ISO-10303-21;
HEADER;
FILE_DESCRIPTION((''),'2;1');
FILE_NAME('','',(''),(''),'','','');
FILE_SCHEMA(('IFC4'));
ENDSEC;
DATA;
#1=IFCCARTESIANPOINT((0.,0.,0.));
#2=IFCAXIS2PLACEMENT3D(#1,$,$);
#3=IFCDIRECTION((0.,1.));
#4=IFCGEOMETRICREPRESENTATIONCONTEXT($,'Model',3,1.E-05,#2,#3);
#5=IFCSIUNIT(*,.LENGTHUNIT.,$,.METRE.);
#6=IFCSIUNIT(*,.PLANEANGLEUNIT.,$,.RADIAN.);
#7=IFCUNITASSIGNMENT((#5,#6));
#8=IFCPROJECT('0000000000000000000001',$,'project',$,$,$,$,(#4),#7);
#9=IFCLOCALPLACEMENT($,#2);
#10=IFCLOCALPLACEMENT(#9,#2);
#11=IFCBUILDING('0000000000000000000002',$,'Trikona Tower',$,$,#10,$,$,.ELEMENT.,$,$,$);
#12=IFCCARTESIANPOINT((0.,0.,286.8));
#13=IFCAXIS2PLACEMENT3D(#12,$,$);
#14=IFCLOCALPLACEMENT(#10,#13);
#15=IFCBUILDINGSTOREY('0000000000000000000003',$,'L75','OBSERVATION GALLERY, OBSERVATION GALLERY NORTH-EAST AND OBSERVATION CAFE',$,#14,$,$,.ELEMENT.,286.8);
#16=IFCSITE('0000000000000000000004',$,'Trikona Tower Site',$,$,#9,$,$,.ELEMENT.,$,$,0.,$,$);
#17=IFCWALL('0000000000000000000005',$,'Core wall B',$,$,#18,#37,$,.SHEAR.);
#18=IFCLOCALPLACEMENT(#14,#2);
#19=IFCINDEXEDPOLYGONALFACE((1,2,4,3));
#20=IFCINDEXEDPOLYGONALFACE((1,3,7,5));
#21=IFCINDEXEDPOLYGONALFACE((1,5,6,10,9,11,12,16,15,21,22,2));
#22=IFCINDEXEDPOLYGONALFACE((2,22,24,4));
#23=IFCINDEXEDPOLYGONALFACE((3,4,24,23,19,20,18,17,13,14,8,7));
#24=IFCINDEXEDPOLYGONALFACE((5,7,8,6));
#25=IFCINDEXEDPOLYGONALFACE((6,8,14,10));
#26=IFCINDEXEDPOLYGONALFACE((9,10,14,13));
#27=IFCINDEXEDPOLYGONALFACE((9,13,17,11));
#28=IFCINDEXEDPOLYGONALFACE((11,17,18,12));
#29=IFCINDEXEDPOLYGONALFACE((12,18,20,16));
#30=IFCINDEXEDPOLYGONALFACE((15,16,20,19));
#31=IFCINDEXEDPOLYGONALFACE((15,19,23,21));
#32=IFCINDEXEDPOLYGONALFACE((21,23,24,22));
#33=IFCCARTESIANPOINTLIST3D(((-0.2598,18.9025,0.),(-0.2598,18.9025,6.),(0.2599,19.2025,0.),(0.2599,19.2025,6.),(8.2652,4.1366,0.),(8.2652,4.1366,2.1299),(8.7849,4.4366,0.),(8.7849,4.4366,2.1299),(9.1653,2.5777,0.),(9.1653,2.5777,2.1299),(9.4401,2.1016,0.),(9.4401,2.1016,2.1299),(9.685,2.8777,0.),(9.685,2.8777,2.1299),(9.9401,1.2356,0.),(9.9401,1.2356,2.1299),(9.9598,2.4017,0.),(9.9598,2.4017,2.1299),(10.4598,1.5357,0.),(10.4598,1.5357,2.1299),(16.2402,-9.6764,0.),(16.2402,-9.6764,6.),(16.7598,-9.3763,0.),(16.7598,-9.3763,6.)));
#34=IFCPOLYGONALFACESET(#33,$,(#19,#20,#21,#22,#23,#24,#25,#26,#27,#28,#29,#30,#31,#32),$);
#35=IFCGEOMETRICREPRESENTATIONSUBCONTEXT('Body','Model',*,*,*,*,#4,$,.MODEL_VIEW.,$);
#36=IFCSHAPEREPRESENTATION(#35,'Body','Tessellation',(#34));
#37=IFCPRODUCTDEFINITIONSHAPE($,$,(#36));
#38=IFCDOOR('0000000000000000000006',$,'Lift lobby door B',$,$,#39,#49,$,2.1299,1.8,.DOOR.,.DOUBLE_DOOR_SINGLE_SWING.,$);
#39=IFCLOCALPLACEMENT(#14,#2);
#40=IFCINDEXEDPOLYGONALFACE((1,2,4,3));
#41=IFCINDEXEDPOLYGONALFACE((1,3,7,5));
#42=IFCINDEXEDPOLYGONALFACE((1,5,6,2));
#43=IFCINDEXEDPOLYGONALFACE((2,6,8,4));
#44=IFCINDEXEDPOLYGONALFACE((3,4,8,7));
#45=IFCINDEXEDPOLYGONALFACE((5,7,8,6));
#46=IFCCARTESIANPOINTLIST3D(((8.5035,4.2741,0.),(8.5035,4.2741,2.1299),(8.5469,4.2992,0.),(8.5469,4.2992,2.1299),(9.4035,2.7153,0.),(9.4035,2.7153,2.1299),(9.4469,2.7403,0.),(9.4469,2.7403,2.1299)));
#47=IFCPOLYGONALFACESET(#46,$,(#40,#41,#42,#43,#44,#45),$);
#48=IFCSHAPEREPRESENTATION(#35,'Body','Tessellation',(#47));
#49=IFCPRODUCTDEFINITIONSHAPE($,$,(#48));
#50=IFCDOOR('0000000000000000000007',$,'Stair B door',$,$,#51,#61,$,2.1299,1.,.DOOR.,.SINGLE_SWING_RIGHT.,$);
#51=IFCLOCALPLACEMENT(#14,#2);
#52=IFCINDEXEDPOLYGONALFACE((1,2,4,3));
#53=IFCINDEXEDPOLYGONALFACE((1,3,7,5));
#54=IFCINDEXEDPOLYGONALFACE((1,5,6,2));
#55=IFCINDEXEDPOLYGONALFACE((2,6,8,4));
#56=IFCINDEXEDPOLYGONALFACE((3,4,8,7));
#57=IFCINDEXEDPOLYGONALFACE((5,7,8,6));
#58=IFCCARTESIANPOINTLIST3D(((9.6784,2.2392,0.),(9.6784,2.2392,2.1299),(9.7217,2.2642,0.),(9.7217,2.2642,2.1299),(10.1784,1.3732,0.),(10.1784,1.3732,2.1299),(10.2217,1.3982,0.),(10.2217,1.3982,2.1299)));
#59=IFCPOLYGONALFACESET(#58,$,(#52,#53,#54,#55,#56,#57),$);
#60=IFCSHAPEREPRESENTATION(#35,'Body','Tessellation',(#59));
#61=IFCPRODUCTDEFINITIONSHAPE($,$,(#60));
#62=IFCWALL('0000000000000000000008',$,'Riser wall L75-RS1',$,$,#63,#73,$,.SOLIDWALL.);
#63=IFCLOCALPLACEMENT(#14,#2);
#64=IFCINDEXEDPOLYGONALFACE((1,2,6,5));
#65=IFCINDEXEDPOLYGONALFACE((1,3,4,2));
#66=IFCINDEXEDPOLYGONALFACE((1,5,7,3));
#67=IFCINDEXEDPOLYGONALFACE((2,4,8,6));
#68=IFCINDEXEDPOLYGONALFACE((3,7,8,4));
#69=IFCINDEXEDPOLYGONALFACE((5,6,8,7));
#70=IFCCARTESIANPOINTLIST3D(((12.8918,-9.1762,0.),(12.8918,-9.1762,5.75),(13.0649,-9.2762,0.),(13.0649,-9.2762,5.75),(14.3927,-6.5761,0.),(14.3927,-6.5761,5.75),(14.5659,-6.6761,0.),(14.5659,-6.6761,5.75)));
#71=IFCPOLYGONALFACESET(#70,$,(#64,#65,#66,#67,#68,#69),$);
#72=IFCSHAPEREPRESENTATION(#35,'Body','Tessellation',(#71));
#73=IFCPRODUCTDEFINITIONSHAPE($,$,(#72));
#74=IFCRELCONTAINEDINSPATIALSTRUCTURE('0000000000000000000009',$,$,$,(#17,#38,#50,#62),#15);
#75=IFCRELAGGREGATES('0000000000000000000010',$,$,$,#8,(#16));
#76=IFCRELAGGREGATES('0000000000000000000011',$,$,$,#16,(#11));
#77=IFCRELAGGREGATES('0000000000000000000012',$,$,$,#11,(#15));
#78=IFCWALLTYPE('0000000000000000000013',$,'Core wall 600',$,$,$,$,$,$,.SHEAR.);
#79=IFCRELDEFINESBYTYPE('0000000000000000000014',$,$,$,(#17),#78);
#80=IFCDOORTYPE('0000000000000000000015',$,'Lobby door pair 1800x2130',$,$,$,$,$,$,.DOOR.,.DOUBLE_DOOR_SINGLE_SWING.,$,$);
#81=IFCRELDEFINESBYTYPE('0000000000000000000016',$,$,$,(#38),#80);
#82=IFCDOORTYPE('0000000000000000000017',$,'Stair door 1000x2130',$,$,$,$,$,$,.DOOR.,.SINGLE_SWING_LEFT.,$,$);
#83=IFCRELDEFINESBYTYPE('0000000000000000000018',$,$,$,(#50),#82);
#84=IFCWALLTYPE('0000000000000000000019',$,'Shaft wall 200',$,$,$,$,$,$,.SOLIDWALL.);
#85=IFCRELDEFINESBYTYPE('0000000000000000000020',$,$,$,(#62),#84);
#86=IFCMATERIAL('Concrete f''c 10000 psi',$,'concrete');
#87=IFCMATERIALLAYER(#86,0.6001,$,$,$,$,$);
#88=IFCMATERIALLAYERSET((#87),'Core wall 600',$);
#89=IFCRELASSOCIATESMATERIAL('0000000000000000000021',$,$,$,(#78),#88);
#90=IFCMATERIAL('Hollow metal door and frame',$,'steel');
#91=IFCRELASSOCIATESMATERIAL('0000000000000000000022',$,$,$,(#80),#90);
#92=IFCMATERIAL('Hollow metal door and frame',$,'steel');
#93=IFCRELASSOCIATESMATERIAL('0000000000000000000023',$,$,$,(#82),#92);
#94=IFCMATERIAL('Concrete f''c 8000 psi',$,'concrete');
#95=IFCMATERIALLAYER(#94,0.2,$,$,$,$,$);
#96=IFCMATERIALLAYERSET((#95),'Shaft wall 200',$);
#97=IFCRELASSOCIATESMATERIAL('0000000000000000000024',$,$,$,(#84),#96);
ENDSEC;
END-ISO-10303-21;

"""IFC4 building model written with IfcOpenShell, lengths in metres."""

from ifc_helpers import new_model, si_unit, direction, frame, frame_2d, origin, place, context, subcontext, project, spatial, rectangle, extrude, material, layer, layer_set, type_object, element, fill, save


model = new_model("IFC4")

# Units and contexts
model_context = context("Model", 3, precision=1e-05, world=origin(), true_north=direction((0.0, 1.0)))
body_context = subcontext(model_context, "Body", "Model", "MODEL_VIEW")
ifc_project = project(units=[si_unit("LENGTHUNIT", "METRE"), si_unit("PLANEANGLEUNIT", "RADIAN")], contexts=[model_context])

# Site, building, storey
site_placement = place(None, origin())
site = spatial("IfcSite", under=ifc_project, at=site_placement, Name="Trikona Tower Site", CompositionType="ELEMENT", RefElevation=0.0)
building_placement = place(site_placement, origin())
building = spatial("IfcBuilding", under=site, at=building_placement, Name="Trikona Tower", CompositionType="ELEMENT")
storey_placement = place(building_placement, frame((0.0, 0.0, 286.8)))
storey = spatial("IfcBuildingStorey", under=building, at=storey_placement, Name="L75", Description="OBSERVATION GALLERY, OBSERVATION GALLERY NORTH-EAST AND OBSERVATION CAFE", CompositionType="ELEMENT", Elevation=286.8)

# Wall, openings, doors
ifc_material_1 = material(Name="Concrete f'c 10000 psi", Category="concrete")
ifc_layer_1 = layer(ifc_material_1, 0.6001)
ifc_layer_set_1 = layer_set([ifc_layer_1], Name="Core wall 600")
wall_type_1 = type_object("IfcWallType", Name="Core wall 600", PredefinedType="SHEAR", material=ifc_layer_set_1)
wall_1_placement = place(storey_placement, frame((16.5, -9.5264, 0.0), z_axis=(0.0, 0.0, 1.0), x_axis=(-0.5, 0.866026, 0.0)))
wall_1 = element("IfcWall", 1, at=wall_1_placement, inside=storey, type_object=wall_type_1, Name="Core wall B", PredefinedType="SHEAR", context=body_context, shape_type="SweptSolid", body=[
    extrude(rectangle(XDim=33.0, YDim=0.6001, at=frame_2d((16.5, 0.0))), origin(), (0.0, 0.0, 1.0), 6.0),
])
opening_1_placement = place(wall_1_placement, frame((14.1499, 0.0, 0.0)))
opening_1 = element("IfcOpeningElement", 2, at=opening_1_placement, cuts=wall_1, PredefinedType="OPENING", context=body_context, shape_type="SweptSolid", body=[
    extrude(rectangle(XDim=1.8, YDim=2.1299, at=frame_2d((0.8999, 1.0649))), frame((0.0, 0.3101, 0.0), z_axis=(0.0, -1.0, 0.0), x_axis=(1.0, 0.0, 0.0)), (0.0, 0.0, 1.0), 0.6201),
])
opening_2_placement = place(wall_1_placement, frame((12.6001, 0.0, 0.0)))
opening_2 = element("IfcOpeningElement", 3, at=opening_2_placement, cuts=wall_1, PredefinedType="OPENING", context=body_context, shape_type="SweptSolid", body=[
    extrude(rectangle(XDim=1.0, YDim=2.1299, at=frame_2d((0.5, 1.0649))), frame((0.0, 0.3101, 0.0), z_axis=(0.0, -1.0, 0.0), x_axis=(1.0, 0.0, 0.0)), (0.0, 0.0, 1.0), 0.6201),
])
ifc_material_2 = material(Name="Hollow metal door and frame", Category="steel")
door_type_1 = type_object("IfcDoorType", Name="Lobby door pair 1800x2130", OperationType="DOUBLE_DOOR_SINGLE_SWING", PredefinedType="DOOR", material=ifc_material_2)
door_1_placement = place(opening_1_placement, origin())
door_1 = element("IfcDoor", 4, at=door_1_placement, inside=storey, type_object=door_type_1, Name="Lift lobby door B", OperationType="DOUBLE_DOOR_SINGLE_SWING", OverallHeight=2.1299, OverallWidth=1.8, PredefinedType="DOOR", context=body_context, shape_type="SweptSolid", body=[
    extrude(rectangle(XDim=1.8, YDim=2.1299, at=frame_2d((0.8999, 1.0649))), frame((0.0, 0.0249, 0.0), z_axis=(0.0, -1.0, 0.0), x_axis=(1.0, 0.0, 0.0)), (0.0, 0.0, 1.0), 0.05),
])
fill(opening_1, door_1)
ifc_material_3 = material(Name="Hollow metal door and frame", Category="steel")
door_type_2 = type_object("IfcDoorType", Name="Stair door 1000x2130", OperationType="SINGLE_SWING_LEFT", PredefinedType="DOOR", material=ifc_material_3)
door_2_placement = place(opening_2_placement, origin())
door_2 = element("IfcDoor", 5, at=door_2_placement, inside=storey, type_object=door_type_2, Name="Stair B door", OperationType="SINGLE_SWING_RIGHT", OverallHeight=2.1299, OverallWidth=1.0, PredefinedType="DOOR", context=body_context, shape_type="SweptSolid", body=[
    extrude(rectangle(XDim=1.0, YDim=2.1299, at=frame_2d((0.5, 1.0649))), frame((0.0, 0.0249, 0.0), z_axis=(0.0, -1.0, 0.0), x_axis=(1.0, 0.0, 0.0)), (0.0, 0.0, 1.0), 0.05),
])
fill(opening_2, door_2)

# Wall
ifc_material_4 = material(Name="Concrete f'c 8000 psi", Category="concrete")
ifc_layer_2 = layer(ifc_material_4, 0.2)
ifc_layer_set_2 = layer_set([ifc_layer_2], Name="Shaft wall 200")
wall_type_2 = type_object("IfcWallType", Name="Shaft wall 200", PredefinedType="SOLIDWALL", material=ifc_layer_set_2)
wall_2_placement = place(storey_placement, frame((14.4792, -6.6262, 0.0), z_axis=(0.0, 0.0, 1.0), x_axis=(-0.499952, -0.866053, 0.0)))
element("IfcWall", 6, at=wall_2_placement, inside=storey, type_object=wall_type_2, Name="Riser wall L75-RS1", PredefinedType="SOLIDWALL", context=body_context, shape_type="SweptSolid", body=[
    extrude(rectangle(XDim=3.0022, YDim=0.2, at=frame_2d((1.501, 0.0))), origin(), (0.0, 0.0, 1.0), 5.75),
])

save(model, "model.ifc")
